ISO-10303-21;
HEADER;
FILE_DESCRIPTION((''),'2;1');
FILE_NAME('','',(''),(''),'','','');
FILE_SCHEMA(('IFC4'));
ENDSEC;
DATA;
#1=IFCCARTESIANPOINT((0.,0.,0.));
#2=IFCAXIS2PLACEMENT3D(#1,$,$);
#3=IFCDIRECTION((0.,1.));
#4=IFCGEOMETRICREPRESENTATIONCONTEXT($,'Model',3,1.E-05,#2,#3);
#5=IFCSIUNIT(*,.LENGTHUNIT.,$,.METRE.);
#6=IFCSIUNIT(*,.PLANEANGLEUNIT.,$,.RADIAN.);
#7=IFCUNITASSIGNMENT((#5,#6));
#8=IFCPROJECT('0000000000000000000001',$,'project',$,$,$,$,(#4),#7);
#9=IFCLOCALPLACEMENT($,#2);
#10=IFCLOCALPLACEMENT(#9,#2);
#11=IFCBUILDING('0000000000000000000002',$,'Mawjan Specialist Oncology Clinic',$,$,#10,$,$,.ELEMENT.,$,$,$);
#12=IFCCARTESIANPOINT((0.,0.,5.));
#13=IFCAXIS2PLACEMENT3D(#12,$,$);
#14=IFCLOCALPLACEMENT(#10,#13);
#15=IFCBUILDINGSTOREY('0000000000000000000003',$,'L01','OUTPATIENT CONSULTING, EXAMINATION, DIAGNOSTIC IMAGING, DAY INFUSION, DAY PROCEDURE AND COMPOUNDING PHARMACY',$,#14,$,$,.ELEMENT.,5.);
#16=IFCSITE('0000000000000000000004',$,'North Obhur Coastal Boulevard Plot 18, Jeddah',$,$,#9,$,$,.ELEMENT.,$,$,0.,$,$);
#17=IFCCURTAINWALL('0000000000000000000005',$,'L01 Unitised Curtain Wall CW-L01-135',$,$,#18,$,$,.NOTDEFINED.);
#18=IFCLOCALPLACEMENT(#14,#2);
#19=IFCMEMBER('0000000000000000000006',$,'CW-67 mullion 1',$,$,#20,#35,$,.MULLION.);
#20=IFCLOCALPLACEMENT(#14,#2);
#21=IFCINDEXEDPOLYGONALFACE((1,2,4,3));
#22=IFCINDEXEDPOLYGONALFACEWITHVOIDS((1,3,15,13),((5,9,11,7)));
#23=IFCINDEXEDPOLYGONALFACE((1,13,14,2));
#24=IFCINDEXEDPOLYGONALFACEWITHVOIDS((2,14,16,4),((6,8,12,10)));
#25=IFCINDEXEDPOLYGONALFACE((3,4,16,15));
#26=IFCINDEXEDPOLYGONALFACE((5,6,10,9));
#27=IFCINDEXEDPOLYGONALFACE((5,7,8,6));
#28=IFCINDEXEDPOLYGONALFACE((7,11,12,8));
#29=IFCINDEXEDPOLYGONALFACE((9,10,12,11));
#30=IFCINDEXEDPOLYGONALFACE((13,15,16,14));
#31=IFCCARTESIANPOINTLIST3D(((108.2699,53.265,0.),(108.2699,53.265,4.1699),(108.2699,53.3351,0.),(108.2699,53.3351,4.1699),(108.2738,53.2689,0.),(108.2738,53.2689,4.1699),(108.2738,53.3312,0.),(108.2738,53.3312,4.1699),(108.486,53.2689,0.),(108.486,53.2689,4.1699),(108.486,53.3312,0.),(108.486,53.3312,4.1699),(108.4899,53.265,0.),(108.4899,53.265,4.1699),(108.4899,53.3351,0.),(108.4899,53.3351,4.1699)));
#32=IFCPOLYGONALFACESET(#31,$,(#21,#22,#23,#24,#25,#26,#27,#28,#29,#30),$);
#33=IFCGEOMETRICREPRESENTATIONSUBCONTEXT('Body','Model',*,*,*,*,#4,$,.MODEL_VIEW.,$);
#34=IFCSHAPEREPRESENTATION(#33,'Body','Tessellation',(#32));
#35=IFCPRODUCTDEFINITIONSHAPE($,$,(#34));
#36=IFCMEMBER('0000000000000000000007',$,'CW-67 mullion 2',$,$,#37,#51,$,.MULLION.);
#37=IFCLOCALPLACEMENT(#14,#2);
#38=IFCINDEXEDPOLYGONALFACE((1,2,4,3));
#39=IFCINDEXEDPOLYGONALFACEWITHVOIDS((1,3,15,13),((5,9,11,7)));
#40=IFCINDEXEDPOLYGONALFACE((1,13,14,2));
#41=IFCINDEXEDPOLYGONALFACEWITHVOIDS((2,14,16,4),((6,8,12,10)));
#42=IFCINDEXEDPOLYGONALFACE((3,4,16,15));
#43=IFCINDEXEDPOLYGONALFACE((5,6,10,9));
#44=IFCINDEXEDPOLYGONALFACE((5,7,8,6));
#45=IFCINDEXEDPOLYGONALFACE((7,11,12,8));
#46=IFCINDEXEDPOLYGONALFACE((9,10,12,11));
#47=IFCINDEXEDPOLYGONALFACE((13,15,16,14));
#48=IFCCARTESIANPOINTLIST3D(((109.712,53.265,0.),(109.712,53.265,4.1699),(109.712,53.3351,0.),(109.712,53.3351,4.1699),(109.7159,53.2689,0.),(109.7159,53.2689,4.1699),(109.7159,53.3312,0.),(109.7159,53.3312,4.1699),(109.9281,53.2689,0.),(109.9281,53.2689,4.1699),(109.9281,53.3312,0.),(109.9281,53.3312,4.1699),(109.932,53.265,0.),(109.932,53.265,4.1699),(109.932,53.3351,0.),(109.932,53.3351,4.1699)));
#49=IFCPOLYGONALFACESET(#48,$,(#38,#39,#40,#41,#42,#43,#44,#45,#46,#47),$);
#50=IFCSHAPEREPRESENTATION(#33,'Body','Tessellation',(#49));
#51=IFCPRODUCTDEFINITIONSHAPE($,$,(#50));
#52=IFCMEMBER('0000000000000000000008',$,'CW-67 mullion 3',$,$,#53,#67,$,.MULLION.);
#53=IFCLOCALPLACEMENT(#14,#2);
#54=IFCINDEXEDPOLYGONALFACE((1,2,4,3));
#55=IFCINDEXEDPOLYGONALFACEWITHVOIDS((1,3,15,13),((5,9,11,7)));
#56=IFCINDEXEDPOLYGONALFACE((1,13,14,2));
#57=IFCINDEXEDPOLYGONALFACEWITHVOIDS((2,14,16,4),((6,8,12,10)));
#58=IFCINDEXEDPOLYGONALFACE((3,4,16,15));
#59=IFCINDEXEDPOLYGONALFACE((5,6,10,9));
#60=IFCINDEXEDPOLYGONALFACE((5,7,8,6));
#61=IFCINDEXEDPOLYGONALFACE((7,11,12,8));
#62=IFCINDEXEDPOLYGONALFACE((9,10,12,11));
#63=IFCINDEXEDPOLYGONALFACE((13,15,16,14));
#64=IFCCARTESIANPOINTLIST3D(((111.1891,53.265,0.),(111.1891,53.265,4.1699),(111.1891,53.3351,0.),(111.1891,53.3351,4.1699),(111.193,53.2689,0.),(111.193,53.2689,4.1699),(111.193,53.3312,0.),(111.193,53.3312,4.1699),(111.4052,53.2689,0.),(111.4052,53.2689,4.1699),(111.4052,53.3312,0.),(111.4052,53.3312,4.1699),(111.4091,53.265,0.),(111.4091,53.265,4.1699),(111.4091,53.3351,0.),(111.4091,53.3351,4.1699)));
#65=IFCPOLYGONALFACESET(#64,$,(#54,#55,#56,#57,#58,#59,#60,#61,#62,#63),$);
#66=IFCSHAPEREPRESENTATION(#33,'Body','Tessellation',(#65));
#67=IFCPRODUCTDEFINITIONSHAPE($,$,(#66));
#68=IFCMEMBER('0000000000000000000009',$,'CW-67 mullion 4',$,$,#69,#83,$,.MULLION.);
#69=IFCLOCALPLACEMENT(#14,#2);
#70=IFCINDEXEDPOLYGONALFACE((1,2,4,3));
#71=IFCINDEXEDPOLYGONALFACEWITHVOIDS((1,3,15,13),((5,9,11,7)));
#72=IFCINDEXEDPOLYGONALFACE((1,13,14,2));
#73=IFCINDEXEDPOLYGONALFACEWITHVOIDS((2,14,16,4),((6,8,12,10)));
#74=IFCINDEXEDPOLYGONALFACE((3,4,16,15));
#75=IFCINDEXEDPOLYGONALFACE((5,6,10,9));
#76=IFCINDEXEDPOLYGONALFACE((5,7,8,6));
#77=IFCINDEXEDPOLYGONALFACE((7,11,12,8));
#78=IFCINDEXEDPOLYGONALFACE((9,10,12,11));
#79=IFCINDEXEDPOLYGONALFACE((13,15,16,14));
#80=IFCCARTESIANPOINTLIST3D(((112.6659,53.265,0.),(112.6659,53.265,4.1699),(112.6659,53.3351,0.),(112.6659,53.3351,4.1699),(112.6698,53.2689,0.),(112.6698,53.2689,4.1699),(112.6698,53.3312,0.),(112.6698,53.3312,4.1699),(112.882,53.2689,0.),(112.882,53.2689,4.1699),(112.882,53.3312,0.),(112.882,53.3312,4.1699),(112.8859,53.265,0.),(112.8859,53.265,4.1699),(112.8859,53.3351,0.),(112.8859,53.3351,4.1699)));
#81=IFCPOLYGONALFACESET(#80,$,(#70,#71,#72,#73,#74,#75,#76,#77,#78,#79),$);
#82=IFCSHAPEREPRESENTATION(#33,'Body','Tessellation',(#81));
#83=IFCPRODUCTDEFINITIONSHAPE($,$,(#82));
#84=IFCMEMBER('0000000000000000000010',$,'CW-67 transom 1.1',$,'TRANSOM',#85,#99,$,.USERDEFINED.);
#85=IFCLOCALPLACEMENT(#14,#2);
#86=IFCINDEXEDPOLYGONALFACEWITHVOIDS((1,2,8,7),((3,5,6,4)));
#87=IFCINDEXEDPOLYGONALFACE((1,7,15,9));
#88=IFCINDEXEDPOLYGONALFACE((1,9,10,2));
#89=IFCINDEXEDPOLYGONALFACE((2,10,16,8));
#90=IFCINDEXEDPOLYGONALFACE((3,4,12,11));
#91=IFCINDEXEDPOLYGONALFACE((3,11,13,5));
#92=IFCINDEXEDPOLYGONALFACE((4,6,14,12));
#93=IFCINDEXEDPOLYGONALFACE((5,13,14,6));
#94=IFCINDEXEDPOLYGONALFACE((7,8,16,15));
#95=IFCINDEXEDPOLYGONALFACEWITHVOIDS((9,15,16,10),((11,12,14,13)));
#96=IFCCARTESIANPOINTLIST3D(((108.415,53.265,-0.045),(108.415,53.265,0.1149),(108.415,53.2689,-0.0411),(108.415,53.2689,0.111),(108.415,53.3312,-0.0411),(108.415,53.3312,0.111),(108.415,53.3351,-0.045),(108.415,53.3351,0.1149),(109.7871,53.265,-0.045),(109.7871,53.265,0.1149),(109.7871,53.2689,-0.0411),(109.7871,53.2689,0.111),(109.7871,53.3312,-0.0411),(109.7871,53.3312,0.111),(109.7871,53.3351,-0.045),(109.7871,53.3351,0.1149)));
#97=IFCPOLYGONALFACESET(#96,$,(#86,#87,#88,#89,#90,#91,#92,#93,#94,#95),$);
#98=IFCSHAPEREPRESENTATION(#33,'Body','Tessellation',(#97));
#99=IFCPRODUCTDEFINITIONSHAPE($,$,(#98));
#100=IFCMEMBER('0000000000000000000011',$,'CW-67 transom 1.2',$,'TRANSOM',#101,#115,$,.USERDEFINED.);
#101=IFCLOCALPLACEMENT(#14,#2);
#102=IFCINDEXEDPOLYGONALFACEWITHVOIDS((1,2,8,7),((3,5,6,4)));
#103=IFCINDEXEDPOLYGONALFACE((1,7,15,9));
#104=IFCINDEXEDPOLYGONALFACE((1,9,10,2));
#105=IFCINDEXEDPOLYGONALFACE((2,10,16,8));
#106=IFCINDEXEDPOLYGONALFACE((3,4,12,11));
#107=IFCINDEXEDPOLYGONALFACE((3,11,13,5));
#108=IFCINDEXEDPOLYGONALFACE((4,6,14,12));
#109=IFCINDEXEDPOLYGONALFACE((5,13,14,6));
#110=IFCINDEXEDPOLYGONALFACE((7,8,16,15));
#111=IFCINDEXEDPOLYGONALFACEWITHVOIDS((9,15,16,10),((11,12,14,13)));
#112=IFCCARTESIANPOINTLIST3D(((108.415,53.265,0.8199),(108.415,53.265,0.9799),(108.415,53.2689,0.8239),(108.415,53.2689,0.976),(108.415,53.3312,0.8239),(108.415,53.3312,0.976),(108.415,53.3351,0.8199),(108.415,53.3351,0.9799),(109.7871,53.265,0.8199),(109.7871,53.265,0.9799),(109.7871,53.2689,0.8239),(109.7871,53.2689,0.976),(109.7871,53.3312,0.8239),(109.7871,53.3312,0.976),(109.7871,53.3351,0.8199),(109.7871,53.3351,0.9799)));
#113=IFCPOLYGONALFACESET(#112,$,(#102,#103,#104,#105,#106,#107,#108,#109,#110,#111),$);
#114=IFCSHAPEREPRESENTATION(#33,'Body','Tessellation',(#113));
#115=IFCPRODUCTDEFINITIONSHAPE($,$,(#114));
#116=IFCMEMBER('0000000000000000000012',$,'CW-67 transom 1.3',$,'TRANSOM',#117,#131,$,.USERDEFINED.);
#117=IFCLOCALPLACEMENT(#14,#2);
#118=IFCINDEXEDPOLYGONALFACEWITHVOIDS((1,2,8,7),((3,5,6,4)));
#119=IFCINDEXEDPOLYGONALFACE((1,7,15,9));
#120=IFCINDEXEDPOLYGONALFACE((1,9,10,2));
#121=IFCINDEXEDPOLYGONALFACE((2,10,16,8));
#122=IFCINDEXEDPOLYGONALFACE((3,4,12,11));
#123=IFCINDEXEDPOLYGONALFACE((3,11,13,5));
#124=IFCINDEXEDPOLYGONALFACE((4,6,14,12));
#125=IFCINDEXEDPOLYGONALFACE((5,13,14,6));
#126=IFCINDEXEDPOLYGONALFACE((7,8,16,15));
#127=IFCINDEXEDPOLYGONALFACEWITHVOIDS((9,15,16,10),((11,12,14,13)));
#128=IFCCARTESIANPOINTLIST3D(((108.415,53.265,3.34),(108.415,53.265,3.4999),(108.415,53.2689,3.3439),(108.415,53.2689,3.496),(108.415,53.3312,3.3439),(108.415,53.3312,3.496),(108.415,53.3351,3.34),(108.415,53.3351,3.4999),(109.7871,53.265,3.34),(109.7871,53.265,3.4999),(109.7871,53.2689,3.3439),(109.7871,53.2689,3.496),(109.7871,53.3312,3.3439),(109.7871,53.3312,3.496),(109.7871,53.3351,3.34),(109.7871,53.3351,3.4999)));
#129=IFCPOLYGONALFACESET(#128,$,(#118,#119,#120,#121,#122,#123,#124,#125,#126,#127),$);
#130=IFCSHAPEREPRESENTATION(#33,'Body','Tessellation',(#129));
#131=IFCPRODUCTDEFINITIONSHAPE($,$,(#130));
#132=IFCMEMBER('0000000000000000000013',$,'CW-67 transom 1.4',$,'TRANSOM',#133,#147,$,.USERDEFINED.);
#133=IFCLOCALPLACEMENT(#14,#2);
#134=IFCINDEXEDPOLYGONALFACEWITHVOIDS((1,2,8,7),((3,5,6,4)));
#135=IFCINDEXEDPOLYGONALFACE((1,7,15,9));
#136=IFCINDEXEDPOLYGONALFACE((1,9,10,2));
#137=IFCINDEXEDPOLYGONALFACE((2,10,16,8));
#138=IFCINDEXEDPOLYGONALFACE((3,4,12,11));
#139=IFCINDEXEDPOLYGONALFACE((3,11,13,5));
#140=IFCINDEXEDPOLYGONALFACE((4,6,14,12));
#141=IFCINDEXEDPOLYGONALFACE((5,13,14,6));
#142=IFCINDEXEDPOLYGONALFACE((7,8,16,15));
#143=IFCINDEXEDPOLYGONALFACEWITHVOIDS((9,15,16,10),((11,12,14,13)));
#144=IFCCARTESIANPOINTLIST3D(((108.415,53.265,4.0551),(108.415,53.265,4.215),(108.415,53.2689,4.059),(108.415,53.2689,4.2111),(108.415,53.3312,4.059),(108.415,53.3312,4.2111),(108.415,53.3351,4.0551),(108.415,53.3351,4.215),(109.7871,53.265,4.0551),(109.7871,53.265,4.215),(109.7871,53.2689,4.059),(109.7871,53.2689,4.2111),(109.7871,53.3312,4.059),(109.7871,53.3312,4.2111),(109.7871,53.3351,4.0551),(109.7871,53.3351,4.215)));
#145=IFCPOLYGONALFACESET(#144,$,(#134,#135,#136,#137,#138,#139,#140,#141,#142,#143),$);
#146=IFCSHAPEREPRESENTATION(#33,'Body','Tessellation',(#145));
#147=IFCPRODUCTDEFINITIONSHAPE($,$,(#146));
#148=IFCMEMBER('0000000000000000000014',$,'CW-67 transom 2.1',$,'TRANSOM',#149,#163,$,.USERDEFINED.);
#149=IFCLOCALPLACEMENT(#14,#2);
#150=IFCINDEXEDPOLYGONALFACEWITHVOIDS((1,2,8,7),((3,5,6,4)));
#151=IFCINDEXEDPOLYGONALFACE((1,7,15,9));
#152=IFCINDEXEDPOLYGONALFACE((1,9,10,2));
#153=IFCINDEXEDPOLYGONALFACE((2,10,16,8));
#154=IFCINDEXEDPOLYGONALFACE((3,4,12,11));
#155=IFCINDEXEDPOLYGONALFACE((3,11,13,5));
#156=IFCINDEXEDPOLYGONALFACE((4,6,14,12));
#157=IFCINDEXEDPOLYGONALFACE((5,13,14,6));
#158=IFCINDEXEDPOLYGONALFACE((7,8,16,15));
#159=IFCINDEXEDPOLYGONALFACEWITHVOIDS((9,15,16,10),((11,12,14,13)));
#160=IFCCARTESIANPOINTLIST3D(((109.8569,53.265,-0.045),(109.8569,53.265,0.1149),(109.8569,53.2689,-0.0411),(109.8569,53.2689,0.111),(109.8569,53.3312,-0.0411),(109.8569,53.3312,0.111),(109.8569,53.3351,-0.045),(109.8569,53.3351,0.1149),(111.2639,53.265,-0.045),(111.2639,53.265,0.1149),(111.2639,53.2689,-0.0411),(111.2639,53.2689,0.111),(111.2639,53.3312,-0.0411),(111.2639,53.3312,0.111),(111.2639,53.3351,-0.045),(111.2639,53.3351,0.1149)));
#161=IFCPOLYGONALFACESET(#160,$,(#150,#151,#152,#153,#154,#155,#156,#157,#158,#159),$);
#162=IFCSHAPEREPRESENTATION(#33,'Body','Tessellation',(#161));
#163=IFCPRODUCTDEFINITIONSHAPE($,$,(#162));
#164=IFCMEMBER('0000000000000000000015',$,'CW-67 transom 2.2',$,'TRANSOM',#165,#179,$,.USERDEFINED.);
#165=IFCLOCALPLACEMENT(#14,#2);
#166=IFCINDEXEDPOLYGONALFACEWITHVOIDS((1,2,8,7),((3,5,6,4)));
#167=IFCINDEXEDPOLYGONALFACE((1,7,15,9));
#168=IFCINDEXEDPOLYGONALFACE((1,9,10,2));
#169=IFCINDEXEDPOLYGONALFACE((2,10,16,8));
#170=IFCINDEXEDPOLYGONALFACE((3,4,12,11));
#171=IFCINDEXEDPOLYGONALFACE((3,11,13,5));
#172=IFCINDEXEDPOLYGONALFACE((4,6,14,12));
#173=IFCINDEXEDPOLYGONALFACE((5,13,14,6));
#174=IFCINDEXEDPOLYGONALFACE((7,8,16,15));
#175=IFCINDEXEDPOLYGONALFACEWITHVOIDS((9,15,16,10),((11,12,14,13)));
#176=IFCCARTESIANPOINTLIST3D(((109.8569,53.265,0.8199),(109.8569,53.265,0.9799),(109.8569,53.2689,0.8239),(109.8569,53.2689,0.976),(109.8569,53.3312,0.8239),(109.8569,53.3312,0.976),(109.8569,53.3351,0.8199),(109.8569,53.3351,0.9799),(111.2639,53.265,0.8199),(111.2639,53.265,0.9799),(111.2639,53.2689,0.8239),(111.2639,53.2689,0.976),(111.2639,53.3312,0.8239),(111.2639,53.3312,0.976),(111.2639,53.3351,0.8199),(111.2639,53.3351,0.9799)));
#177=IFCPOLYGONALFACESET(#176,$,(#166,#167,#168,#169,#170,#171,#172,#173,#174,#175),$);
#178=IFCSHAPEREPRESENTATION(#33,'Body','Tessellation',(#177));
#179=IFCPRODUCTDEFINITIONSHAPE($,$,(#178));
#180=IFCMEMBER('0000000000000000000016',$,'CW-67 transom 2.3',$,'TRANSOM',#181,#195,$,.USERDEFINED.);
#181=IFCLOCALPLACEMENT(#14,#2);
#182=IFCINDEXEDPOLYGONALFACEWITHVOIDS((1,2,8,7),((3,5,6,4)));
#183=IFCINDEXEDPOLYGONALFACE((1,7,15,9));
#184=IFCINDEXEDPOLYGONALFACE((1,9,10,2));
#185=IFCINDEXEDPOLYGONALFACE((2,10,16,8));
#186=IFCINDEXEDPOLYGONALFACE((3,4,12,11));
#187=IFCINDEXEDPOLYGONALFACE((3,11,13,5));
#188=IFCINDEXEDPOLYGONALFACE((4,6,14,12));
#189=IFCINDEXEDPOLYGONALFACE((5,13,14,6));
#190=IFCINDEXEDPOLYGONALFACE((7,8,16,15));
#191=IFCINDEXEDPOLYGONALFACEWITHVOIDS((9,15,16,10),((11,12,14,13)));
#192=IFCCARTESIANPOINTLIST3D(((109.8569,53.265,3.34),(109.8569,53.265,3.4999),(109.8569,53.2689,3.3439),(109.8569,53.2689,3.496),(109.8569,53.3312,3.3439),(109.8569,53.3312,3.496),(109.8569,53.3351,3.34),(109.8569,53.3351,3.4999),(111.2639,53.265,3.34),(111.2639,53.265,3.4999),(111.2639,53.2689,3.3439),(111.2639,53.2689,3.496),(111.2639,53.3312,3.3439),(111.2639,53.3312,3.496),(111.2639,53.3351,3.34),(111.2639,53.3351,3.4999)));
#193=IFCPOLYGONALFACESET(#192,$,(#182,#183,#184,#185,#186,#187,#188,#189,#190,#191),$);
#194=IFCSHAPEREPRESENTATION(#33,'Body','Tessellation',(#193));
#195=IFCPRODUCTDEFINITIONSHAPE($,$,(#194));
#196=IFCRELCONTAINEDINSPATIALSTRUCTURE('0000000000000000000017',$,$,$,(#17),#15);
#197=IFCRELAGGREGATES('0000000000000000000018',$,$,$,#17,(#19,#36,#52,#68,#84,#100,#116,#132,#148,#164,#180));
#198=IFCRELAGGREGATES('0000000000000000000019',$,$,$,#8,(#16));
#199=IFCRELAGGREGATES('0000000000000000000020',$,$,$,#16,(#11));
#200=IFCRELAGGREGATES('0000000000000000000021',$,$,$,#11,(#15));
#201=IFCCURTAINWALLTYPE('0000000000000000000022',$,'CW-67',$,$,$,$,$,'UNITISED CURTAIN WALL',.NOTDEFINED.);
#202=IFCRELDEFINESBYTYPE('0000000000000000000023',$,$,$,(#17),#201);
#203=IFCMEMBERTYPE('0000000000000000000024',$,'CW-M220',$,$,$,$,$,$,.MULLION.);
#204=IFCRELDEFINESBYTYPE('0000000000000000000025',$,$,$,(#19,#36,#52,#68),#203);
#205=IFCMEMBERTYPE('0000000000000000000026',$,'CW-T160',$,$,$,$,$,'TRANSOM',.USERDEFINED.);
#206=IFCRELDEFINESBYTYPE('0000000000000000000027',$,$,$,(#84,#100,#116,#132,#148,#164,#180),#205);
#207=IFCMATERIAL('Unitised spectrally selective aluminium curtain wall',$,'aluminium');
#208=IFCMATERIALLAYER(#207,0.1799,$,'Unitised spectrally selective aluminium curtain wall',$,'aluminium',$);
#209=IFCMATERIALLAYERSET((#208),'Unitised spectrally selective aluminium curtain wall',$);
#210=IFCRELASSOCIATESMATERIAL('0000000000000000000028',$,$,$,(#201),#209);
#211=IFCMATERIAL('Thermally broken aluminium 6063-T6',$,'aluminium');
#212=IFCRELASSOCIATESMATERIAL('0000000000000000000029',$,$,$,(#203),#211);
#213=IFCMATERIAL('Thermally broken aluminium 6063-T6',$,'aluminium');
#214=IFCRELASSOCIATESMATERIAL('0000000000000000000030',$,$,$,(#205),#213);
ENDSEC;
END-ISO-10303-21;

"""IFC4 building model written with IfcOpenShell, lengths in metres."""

from ifc_helpers import new_model, si_unit, direction, frame, origin, origin_2d, place, context, subcontext, project, spatial, hollow_rectangle, extrude, material, layer, layer_set, material_profile, profile_set, type_object, element, aggregate, save


model = new_model("IFC4")

# Units and contexts
model_context = context("Model", 3, precision=1e-05, world=origin(), true_north=direction((0.0, 1.0)))
body_context = subcontext(model_context, "Body", "Model", "MODEL_VIEW")
ifc_project = project(units=[si_unit("LENGTHUNIT", "METRE"), si_unit("PLANEANGLEUNIT", "RADIAN")], contexts=[model_context])

# Site, building, storey
site_placement = place(None, origin())
site = spatial("IfcSite", under=ifc_project, at=site_placement, Name="North Obhur Coastal Boulevard Plot 18, Jeddah", CompositionType="ELEMENT", RefElevation=0.0)
building_placement = place(site_placement, origin())
building = spatial("IfcBuilding", under=site, at=building_placement, Name="Mawjan Specialist Oncology Clinic", CompositionType="ELEMENT")
storey_placement = place(building_placement, frame((0.0, 0.0, 5.0)))
storey = spatial("IfcBuildingStorey", under=building, at=storey_placement, Name="L01", Description="OUTPATIENT CONSULTING, EXAMINATION, DIAGNOSTIC IMAGING, DAY INFUSION, DAY PROCEDURE AND COMPOUNDING PHARMACY", CompositionType="ELEMENT", Elevation=5.0)

# Curtain wall, members
ifc_material_1 = material(Name="Unitised spectrally selective aluminium curtain wall", Category="aluminium")
ifc_layer_1 = layer(ifc_material_1, 0.1799, Name="Unitised spectrally selective aluminium curtain wall", Category="aluminium")
ifc_layer_set_1 = layer_set([ifc_layer_1], Name="Unitised spectrally selective aluminium curtain wall")
curtain_wall_type = type_object("IfcCurtainWallType", Name="CW-67", ElementType="UNITISED CURTAIN WALL", PredefinedType="NOTDEFINED", material=ifc_layer_set_1)
curtain_wall_placement = place(storey_placement, origin())
curtain_wall = element("IfcCurtainWall", 1, at=curtain_wall_placement, inside=storey, type_object=curtain_wall_type, Name="L01 Unitised Curtain Wall CW-L01-135", PredefinedType="NOTDEFINED")
ifc_material_2 = material(Name="Thermally broken aluminium 6063-T6", Category="aluminium")
ifc_material_profile_1 = material_profile(ifc_material_2, hollow_rectangle(XDim=0.0701, YDim=0.22, WallThickness=0.0039, at=origin_2d()), Name="ALU MULLION 220x70x4", Category="aluminium")
ifc_profile_set_1 = profile_set([ifc_material_profile_1], Name="Thermally broken aluminium 6063-T6")
member_type_1 = type_object("IfcMemberType", Name="CW-M220", PredefinedType="MULLION", material=ifc_profile_set_1)
member_1_placement = place(storey_placement, frame((108.3799, 53.3, 0.0), z_axis=(0.0, 0.0, 1.0), x_axis=(0.0, 1.0, 0.0)))
member_1 = element("IfcMember", 2, at=member_1_placement, type_object=member_type_1, Name="CW-67 mullion 1", PredefinedType="MULLION", context=body_context, shape_type="SweptSolid", body=[
    extrude(hollow_rectangle(XDim=0.0701, YDim=0.22, WallThickness=0.0039, at=origin_2d()), origin(), (0.0, 0.0, 1.0), 4.1699),
])
member_2_placement = place(storey_placement, frame((109.822, 53.3, 0.0), z_axis=(0.0, 0.0, 1.0), x_axis=(0.0, 1.0, 0.0)))
member_2 = element("IfcMember", 3, at=member_2_placement, type_object=member_type_1, Name="CW-67 mullion 2", PredefinedType="MULLION", context=body_context, shape_type="SweptSolid", body=[
    extrude(hollow_rectangle(XDim=0.0701, YDim=0.22, WallThickness=0.0039, at=origin_2d()), origin(), (0.0, 0.0, 1.0), 4.1699),
])
member_3_placement = place(storey_placement, frame((111.2991, 53.3, 0.0), z_axis=(0.0, 0.0, 1.0), x_axis=(0.0, 1.0, 0.0)))
member_3 = element("IfcMember", 4, at=member_3_placement, type_object=member_type_1, Name="CW-67 mullion 3", PredefinedType="MULLION", context=body_context, shape_type="SweptSolid", body=[
    extrude(hollow_rectangle(XDim=0.0701, YDim=0.22, WallThickness=0.0039, at=origin_2d()), origin(), (0.0, 0.0, 1.0), 4.1699),
])
member_4_placement = place(storey_placement, frame((112.7759, 53.3, 0.0), z_axis=(0.0, 0.0, 1.0), x_axis=(0.0, 1.0, 0.0)))
member_4 = element("IfcMember", 5, at=member_4_placement, type_object=member_type_1, Name="CW-67 mullion 4", PredefinedType="MULLION", context=body_context, shape_type="SweptSolid", body=[
    extrude(hollow_rectangle(XDim=0.0701, YDim=0.22, WallThickness=0.0039, at=origin_2d()), origin(), (0.0, 0.0, 1.0), 4.1699),
])
ifc_material_3 = material(Name="Thermally broken aluminium 6063-T6", Category="aluminium")
ifc_material_profile_2 = material_profile(ifc_material_3, hollow_rectangle(XDim=0.0701, YDim=0.1599, WallThickness=0.0039, at=origin_2d()), Name="ALU TRANSOM 160x70x4", Category="aluminium")
ifc_profile_set_2 = profile_set([ifc_material_profile_2], Name="Thermally broken aluminium 6063-T6")
member_type_2 = type_object("IfcMemberType", Name="CW-T160", ElementType="TRANSOM", PredefinedType="USERDEFINED", material=ifc_profile_set_2)
member_5_placement = place(storey_placement, frame((108.415, 53.3, 0.0349), z_axis=(1.0, 0.0, 0.0), x_axis=(0.0, 1.0, 0.0)))
member_5 = element("IfcMember", 6, at=member_5_placement, type_object=member_type_2, Name="CW-67 transom 1.1", ObjectType="TRANSOM", PredefinedType="USERDEFINED", context=body_context, shape_type="SweptSolid", body=[
    extrude(hollow_rectangle(XDim=0.0701, YDim=0.1599, WallThickness=0.0039, at=origin_2d()), origin(), (0.0, 0.0, 1.0), 1.3721),
])
member_6_placement = place(storey_placement, frame((108.415, 53.3, 0.8999), z_axis=(1.0, 0.0, 0.0), x_axis=(0.0, 1.0, 0.0)))
member_6 = element("IfcMember", 7, at=member_6_placement, type_object=member_type_2, Name="CW-67 transom 1.2", ObjectType="TRANSOM", PredefinedType="USERDEFINED", context=body_context, shape_type="SweptSolid", body=[
    extrude(hollow_rectangle(XDim=0.0701, YDim=0.1599, WallThickness=0.0039, at=origin_2d()), origin(), (0.0, 0.0, 1.0), 1.3721),
])
member_7_placement = place(storey_placement, frame((108.415, 53.3, 3.4199), z_axis=(1.0, 0.0, 0.0), x_axis=(0.0, 1.0, 0.0)))
member_7 = element("IfcMember", 8, at=member_7_placement, type_object=member_type_2, Name="CW-67 transom 1.3", ObjectType="TRANSOM", PredefinedType="USERDEFINED", context=body_context, shape_type="SweptSolid", body=[
    extrude(hollow_rectangle(XDim=0.0701, YDim=0.1599, WallThickness=0.0039, at=origin_2d()), origin(), (0.0, 0.0, 1.0), 1.3721),
])
member_8_placement = place(storey_placement, frame((108.415, 53.3, 4.135), z_axis=(1.0, 0.0, 0.0), x_axis=(0.0, 1.0, 0.0)))
member_8 = element("IfcMember", 9, at=member_8_placement, type_object=member_type_2, Name="CW-67 transom 1.4", ObjectType="TRANSOM", PredefinedType="USERDEFINED", context=body_context, shape_type="SweptSolid", body=[
    extrude(hollow_rectangle(XDim=0.0701, YDim=0.1599, WallThickness=0.0039, at=origin_2d()), origin(), (0.0, 0.0, 1.0), 1.3721),
])
member_9_placement = place(storey_placement, frame((109.8569, 53.3, 0.0349), z_axis=(1.0, 0.0, 0.0), x_axis=(0.0, 1.0, 0.0)))
member_9 = element("IfcMember", 10, at=member_9_placement, type_object=member_type_2, Name="CW-67 transom 2.1", ObjectType="TRANSOM", PredefinedType="USERDEFINED", context=body_context, shape_type="SweptSolid", body=[
    extrude(hollow_rectangle(XDim=0.0701, YDim=0.1599, WallThickness=0.0039, at=origin_2d()), origin(), (0.0, 0.0, 1.0), 1.407),
])
member_10_placement = place(storey_placement, frame((109.8569, 53.3, 0.8999), z_axis=(1.0, 0.0, 0.0), x_axis=(0.0, 1.0, 0.0)))
member_10 = element("IfcMember", 11, at=member_10_placement, type_object=member_type_2, Name="CW-67 transom 2.2", ObjectType="TRANSOM", PredefinedType="USERDEFINED", context=body_context, shape_type="SweptSolid", body=[
    extrude(hollow_rectangle(XDim=0.0701, YDim=0.1599, WallThickness=0.0039, at=origin_2d()), origin(), (0.0, 0.0, 1.0), 1.407),
])
member_11_placement = place(storey_placement, frame((109.8569, 53.3, 3.4199), z_axis=(1.0, 0.0, 0.0), x_axis=(0.0, 1.0, 0.0)))
member_11 = element("IfcMember", 12, at=member_11_placement, type_object=member_type_2, Name="CW-67 transom 2.3", ObjectType="TRANSOM", PredefinedType="USERDEFINED", context=body_context, shape_type="SweptSolid", body=[
    extrude(hollow_rectangle(XDim=0.0701, YDim=0.1599, WallThickness=0.0039, at=origin_2d()), origin(), (0.0, 0.0, 1.0), 1.407),
])

aggregate(curtain_wall, [member_1, member_2, member_3, member_4, member_5, member_6, member_7, member_8, member_9, member_10, member_11])

save(model, "model.ifc")
